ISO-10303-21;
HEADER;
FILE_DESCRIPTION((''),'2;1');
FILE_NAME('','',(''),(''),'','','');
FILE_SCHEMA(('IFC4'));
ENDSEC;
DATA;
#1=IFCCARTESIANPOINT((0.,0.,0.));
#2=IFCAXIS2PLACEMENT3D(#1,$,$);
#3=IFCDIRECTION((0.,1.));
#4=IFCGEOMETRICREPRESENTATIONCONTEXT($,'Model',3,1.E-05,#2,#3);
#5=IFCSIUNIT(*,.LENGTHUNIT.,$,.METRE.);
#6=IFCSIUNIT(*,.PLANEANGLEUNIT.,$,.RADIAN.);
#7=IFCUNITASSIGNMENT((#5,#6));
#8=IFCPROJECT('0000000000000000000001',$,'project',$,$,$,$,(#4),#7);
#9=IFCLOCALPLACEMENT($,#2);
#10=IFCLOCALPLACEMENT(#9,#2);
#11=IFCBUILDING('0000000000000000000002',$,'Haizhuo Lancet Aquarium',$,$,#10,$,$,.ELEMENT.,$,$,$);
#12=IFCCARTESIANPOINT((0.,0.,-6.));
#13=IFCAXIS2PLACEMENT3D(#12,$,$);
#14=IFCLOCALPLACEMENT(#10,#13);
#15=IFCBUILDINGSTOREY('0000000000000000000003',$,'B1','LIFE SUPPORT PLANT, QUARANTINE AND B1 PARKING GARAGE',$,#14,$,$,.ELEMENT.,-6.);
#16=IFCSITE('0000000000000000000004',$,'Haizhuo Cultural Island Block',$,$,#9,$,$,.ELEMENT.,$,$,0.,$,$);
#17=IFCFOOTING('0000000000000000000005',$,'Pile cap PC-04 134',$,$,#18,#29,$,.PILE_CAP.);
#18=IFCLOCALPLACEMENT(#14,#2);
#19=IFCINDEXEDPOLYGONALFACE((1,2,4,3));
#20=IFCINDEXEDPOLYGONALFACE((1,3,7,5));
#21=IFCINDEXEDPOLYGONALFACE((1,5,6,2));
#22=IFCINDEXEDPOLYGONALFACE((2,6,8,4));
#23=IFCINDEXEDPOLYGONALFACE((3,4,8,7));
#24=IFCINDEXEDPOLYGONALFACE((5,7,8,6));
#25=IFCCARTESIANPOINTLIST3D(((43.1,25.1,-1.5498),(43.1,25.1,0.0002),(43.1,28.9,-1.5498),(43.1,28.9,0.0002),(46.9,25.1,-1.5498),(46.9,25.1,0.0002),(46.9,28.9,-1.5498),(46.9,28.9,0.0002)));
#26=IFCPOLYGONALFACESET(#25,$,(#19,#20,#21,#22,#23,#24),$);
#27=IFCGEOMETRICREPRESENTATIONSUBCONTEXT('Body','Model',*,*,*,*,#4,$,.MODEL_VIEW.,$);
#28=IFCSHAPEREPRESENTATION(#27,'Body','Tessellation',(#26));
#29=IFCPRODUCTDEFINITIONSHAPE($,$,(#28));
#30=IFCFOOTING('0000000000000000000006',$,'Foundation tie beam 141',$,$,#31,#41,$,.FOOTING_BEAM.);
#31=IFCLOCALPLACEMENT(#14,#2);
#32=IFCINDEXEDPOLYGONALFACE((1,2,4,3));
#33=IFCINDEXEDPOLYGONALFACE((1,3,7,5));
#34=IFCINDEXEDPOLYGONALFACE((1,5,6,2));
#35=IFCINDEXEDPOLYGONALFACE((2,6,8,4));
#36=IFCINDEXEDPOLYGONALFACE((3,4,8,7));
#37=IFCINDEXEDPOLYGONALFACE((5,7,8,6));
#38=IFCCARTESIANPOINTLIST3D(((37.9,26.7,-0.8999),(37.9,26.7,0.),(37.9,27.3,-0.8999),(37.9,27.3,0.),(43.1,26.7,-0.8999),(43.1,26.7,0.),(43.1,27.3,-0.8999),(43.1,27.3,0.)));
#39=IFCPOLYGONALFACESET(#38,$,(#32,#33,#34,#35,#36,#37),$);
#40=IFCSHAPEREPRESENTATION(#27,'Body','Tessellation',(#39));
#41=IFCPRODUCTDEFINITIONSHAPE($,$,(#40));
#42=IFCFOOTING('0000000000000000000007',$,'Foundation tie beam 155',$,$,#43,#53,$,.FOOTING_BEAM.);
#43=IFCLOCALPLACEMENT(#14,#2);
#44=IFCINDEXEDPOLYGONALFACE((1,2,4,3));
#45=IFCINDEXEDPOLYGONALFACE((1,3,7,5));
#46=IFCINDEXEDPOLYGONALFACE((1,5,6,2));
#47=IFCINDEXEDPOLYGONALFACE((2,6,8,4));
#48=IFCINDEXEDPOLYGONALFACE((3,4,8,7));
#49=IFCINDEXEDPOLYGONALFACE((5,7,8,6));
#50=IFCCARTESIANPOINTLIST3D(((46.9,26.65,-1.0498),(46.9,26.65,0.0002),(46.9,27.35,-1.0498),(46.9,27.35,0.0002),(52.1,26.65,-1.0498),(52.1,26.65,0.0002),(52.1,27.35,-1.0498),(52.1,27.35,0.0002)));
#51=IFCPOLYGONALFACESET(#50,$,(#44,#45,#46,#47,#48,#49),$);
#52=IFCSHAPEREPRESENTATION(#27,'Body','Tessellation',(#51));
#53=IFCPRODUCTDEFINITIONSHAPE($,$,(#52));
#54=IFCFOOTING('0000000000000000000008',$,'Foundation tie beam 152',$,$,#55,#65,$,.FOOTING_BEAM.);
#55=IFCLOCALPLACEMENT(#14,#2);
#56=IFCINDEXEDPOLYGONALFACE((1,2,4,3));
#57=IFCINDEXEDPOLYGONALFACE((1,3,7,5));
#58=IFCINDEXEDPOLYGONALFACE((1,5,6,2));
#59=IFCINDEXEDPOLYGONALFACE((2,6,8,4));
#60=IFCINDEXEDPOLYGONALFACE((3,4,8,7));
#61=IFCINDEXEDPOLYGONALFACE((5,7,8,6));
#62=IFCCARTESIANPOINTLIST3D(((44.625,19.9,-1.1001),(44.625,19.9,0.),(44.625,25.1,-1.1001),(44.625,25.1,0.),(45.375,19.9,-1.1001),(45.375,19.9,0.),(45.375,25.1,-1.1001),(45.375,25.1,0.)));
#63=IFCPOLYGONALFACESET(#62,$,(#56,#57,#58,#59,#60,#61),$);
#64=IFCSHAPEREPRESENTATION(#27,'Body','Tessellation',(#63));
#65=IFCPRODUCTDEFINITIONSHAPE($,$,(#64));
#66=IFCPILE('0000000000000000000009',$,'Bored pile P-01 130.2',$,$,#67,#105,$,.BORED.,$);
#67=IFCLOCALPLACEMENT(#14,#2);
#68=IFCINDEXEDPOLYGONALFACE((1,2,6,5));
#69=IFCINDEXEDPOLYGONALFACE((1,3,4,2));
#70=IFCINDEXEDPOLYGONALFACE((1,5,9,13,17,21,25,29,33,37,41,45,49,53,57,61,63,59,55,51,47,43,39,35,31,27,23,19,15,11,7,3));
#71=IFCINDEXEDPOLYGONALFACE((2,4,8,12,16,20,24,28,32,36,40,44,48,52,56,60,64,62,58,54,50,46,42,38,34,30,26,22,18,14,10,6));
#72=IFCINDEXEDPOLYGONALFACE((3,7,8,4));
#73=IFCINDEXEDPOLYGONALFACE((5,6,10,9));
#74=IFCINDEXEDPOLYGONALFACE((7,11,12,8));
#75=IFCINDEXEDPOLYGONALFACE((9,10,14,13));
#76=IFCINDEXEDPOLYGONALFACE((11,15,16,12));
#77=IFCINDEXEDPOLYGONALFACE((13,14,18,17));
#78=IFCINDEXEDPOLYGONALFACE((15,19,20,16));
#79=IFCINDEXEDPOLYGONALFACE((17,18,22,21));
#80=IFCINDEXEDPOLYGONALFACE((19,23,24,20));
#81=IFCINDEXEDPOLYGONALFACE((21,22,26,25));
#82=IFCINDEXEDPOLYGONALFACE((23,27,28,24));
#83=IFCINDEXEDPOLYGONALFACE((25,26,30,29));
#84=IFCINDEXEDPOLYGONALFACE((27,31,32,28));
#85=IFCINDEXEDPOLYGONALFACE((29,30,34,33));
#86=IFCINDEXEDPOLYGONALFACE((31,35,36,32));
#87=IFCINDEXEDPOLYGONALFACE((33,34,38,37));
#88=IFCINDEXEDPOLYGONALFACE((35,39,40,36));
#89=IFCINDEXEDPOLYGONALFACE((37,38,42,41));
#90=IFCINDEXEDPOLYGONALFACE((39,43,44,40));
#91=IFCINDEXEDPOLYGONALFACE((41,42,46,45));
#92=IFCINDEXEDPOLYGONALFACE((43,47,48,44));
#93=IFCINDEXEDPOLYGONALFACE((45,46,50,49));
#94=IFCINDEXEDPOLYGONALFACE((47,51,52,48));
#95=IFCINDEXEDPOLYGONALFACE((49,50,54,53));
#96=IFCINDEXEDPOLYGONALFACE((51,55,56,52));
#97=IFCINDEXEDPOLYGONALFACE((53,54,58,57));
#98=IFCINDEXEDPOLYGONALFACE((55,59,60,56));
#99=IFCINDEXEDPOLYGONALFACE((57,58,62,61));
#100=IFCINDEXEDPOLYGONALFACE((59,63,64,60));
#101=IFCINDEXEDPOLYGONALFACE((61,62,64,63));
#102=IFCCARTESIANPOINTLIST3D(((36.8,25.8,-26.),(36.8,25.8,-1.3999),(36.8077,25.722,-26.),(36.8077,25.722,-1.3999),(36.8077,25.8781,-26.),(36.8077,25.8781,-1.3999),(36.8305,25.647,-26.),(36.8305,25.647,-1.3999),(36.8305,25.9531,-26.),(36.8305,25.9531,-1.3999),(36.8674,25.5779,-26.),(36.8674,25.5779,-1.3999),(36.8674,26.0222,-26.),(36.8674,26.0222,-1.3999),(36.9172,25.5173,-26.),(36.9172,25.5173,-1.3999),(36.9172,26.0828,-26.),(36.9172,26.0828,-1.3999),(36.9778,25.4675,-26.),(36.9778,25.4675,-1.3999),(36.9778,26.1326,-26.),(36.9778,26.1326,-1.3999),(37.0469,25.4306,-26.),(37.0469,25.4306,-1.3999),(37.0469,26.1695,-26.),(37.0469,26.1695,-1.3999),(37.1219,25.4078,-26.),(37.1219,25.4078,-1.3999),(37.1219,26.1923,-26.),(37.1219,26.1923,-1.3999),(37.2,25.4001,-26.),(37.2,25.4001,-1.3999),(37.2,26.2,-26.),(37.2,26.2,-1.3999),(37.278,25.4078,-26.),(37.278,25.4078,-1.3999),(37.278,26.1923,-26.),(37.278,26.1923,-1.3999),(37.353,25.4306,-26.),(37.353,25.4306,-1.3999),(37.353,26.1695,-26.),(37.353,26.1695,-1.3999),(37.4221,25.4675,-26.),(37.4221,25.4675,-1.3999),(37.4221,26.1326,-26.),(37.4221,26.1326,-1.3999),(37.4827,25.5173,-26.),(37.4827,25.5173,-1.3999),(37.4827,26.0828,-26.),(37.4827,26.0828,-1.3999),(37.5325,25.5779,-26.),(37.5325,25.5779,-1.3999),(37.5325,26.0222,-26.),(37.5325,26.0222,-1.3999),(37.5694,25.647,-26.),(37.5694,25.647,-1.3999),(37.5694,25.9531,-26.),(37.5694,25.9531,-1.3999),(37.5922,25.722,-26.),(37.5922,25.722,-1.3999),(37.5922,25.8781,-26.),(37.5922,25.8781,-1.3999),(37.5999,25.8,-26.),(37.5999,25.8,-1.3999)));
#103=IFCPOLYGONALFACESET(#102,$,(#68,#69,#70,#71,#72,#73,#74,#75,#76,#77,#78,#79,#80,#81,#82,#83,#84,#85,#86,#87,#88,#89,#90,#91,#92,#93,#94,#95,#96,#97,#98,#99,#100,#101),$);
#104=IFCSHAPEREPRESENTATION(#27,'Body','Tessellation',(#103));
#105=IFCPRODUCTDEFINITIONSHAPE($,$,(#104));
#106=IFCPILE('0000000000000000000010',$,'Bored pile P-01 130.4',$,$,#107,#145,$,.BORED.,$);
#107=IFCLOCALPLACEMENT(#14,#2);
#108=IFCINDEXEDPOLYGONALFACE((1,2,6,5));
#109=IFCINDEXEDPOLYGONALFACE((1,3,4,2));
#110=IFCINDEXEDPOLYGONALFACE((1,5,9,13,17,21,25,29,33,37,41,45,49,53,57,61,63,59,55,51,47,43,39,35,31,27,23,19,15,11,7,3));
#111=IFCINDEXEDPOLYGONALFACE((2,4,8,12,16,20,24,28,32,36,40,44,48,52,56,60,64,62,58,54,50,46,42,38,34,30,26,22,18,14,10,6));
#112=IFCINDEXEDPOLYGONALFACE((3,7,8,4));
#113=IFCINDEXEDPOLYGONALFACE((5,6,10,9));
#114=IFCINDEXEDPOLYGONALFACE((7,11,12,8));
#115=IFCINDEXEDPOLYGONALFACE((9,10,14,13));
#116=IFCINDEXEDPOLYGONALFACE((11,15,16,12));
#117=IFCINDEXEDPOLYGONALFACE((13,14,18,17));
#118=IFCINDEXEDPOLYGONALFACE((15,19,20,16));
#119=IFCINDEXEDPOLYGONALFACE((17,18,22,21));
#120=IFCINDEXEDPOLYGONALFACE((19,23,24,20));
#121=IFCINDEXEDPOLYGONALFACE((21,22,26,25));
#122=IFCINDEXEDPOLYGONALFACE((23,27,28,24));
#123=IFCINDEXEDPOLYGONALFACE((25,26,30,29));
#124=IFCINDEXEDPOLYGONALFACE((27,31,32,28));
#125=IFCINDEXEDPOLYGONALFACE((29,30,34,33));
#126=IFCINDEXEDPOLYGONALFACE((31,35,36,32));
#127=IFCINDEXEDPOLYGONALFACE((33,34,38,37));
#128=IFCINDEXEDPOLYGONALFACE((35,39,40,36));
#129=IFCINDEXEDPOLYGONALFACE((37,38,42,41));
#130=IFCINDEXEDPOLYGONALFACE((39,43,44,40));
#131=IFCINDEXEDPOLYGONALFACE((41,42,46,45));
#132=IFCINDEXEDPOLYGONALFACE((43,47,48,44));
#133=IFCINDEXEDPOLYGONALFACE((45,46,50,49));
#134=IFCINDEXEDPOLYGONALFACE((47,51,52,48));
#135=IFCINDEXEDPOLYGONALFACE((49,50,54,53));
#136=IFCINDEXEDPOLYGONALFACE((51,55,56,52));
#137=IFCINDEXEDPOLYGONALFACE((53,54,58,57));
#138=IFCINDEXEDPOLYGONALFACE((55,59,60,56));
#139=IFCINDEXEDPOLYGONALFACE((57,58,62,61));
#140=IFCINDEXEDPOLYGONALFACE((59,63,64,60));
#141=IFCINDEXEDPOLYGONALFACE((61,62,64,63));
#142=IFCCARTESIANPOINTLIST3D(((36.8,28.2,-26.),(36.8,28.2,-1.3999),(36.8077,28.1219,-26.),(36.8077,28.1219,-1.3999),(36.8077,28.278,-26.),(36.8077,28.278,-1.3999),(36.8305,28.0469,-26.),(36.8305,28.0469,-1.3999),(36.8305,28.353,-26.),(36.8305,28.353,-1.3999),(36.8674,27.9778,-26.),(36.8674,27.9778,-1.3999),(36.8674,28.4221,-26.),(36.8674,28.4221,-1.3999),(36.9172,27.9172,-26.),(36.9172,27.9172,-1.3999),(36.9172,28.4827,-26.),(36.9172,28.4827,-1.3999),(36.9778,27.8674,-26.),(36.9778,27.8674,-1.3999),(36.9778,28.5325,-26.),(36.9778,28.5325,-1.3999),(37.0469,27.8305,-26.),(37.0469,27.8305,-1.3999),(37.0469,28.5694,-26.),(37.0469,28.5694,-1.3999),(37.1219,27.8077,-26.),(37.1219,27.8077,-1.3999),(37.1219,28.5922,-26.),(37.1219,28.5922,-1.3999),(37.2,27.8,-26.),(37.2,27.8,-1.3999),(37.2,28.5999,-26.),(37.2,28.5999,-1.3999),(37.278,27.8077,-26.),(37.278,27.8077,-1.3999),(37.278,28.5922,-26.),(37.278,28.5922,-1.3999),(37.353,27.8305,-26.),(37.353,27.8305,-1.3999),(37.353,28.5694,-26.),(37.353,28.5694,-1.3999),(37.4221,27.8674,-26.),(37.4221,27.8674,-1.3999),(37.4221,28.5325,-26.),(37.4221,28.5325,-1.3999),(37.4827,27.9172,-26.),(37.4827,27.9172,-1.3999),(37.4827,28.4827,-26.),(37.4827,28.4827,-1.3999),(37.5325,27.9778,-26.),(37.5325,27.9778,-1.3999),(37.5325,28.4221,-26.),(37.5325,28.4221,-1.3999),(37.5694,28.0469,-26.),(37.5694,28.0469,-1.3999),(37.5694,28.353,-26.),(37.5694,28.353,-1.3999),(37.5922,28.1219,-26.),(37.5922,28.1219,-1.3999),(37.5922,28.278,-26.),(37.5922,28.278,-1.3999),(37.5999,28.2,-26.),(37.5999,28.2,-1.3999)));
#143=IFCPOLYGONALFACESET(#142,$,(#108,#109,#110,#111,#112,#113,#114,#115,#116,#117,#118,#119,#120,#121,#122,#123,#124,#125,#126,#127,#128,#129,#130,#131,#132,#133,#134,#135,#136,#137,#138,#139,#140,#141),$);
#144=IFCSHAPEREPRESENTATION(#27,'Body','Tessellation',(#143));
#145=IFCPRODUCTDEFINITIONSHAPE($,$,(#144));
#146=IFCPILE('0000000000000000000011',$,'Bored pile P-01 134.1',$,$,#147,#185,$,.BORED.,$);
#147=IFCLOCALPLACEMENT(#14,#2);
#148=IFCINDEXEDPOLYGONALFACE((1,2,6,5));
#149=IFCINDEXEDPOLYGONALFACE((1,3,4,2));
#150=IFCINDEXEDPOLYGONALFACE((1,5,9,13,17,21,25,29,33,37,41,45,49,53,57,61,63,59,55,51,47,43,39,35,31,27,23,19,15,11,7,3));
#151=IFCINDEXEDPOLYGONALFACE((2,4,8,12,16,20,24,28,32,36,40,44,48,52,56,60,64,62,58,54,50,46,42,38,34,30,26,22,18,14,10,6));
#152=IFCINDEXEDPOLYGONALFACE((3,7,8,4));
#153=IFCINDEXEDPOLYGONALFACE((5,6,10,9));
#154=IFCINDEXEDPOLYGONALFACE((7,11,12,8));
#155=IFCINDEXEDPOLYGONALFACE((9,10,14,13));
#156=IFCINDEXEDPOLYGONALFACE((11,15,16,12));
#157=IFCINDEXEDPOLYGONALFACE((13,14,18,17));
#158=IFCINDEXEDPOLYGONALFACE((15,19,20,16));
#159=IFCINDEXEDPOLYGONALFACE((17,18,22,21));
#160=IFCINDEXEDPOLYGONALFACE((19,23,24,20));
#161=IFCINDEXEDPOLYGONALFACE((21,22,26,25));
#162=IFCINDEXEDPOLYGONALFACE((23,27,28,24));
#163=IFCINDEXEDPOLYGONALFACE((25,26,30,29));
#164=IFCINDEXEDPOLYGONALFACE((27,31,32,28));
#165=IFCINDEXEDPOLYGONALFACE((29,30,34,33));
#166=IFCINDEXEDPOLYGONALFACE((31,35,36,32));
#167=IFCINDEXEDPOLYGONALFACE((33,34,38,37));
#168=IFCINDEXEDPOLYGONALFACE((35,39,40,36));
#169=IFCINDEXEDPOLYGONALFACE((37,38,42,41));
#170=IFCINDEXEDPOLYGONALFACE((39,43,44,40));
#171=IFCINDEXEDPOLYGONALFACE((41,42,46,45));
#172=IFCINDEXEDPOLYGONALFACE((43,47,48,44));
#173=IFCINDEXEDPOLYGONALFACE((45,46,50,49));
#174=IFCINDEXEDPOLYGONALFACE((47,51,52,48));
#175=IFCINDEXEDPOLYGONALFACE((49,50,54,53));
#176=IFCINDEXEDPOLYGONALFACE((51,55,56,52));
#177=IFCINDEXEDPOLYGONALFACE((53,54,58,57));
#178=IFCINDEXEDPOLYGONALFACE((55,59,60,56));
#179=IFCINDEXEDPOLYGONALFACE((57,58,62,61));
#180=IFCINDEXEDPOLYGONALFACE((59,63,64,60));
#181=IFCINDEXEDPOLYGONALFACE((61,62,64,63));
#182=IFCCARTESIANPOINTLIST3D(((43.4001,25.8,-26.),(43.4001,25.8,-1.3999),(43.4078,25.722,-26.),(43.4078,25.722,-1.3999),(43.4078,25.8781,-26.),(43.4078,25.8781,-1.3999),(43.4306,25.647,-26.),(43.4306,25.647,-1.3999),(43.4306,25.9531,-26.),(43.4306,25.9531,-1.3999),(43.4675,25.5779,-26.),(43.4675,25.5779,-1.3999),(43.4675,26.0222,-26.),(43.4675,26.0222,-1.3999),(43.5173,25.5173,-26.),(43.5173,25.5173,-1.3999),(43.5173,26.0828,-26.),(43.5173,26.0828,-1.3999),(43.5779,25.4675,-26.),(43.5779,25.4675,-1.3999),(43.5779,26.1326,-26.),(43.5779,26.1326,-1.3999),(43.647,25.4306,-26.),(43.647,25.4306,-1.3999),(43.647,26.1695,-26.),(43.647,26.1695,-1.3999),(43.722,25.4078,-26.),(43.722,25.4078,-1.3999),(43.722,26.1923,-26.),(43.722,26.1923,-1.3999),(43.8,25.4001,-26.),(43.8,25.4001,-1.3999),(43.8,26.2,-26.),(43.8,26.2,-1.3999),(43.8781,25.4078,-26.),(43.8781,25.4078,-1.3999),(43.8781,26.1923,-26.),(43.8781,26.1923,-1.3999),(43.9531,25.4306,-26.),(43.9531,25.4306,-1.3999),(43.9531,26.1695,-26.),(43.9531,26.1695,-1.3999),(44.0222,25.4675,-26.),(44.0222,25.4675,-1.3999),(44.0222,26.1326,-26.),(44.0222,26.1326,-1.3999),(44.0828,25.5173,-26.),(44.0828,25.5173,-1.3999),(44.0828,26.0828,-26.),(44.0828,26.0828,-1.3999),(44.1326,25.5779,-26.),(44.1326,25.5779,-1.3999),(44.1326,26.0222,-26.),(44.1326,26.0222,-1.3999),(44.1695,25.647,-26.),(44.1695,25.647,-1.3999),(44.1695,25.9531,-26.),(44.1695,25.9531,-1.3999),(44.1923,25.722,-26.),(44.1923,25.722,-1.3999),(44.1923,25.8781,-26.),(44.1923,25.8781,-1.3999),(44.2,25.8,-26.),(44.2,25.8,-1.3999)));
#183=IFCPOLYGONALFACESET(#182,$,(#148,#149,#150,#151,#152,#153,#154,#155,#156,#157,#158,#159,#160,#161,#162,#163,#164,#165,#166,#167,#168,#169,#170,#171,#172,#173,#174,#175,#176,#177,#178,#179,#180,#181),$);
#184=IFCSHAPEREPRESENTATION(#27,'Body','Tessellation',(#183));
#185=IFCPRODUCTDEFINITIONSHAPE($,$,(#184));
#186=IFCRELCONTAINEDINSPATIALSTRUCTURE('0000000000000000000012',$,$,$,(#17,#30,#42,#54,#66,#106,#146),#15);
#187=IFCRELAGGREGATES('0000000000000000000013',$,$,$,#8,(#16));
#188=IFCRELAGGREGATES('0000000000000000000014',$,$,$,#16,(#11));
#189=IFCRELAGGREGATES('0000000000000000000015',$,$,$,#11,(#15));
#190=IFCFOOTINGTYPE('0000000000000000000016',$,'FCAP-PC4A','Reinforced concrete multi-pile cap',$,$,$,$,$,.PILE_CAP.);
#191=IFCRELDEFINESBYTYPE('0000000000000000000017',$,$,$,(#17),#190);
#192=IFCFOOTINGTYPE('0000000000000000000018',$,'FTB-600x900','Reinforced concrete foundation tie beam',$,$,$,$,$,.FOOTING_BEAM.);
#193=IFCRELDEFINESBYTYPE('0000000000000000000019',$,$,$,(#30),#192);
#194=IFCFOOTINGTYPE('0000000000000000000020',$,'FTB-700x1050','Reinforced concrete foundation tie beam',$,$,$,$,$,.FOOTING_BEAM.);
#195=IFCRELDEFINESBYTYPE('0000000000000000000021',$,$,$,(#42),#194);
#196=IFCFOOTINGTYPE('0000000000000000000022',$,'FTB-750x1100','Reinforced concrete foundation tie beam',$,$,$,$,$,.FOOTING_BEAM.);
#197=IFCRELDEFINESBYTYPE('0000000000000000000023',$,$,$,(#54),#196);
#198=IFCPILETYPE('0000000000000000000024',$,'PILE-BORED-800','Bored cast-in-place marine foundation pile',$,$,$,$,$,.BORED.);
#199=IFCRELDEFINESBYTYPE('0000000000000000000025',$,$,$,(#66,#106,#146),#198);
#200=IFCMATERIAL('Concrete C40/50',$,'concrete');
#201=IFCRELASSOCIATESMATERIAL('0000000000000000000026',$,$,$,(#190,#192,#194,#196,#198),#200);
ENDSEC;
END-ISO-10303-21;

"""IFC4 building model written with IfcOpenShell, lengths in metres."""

from ifc_helpers import new_model, si_unit, direction, frame, origin, origin_2d, place, context, subcontext, project, spatial, rectangle, circle, extrude, material, material_profile, profile_set, type_object, element, save


model = new_model("IFC4")

# Units and contexts
model_context = context("Model", 3, precision=1e-05, world=origin(), true_north=direction((0.0, 1.0)))
body_context = subcontext(model_context, "Body", "Model", "MODEL_VIEW")
ifc_project = project(units=[si_unit("LENGTHUNIT", "METRE"), si_unit("PLANEANGLEUNIT", "RADIAN")], contexts=[model_context])

# Site, building, storey
site_placement = place(None, origin())
site = spatial("IfcSite", under=ifc_project, at=site_placement, Name="Haizhuo Cultural Island Block", CompositionType="ELEMENT", RefElevation=0.0)
building_placement = place(site_placement, origin())
building = spatial("IfcBuilding", under=site, at=building_placement, Name="Haizhuo Lancet Aquarium", CompositionType="ELEMENT")
storey_placement = place(building_placement, frame((0.0, 0.0, -6.0)))
storey = spatial("IfcBuildingStorey", under=building, at=storey_placement, Name="B1", Description="LIFE SUPPORT PLANT, QUARANTINE AND B1 PARKING GARAGE", CompositionType="ELEMENT", Elevation=-6.0)

# Footings
ifc_material_1 = material(Name="Concrete C40/50", Category="concrete")
footing_type_1 = type_object("IfcFootingType", Name="FCAP-PC4A", Description="Reinforced concrete multi-pile cap", PredefinedType="PILE_CAP", material=ifc_material_1)
footing_1_placement = place(storey_placement, frame((45.0, 27.0, -1.5498), z_axis=(0.0, 0.0, 1.0), x_axis=(1.0, 0.0, 0.0)))
element("IfcFooting", 1, at=footing_1_placement, inside=storey, type_object=footing_type_1, Name="Pile cap PC-04 134", PredefinedType="PILE_CAP", context=body_context, shape_type="SweptSolid", body=[
    extrude(rectangle(XDim=3.8, YDim=3.8, at=origin_2d()), origin(), (0.0, 0.0, 1.0), 1.55),
])
footing_type_2 = type_object("IfcFootingType", Name="FTB-600x900", Description="Reinforced concrete foundation tie beam", PredefinedType="FOOTING_BEAM", material=ifc_material_1)
footing_2_placement = place(storey_placement, frame((40.5, 27.0, -0.8999), z_axis=(0.0, 0.0, 1.0), x_axis=(1.0, 0.0, 0.0)))
element("IfcFooting", 2, at=footing_2_placement, inside=storey, type_object=footing_type_2, Name="Foundation tie beam 141", PredefinedType="FOOTING_BEAM", context=body_context, shape_type="SweptSolid", body=[
    extrude(rectangle(XDim=5.2, YDim=0.6001, at=origin_2d()), origin(), (0.0, 0.0, 1.0), 0.8999),
])
footing_type_3 = type_object("IfcFootingType", Name="FTB-700x1050", Description="Reinforced concrete foundation tie beam", PredefinedType="FOOTING_BEAM", material=ifc_material_1)
footing_3_placement = place(storey_placement, frame((49.5, 27.0, -1.0498), z_axis=(0.0, 0.0, 1.0), x_axis=(1.0, 0.0, 0.0)))
element("IfcFooting", 3, at=footing_3_placement, inside=storey, type_object=footing_type_3, Name="Foundation tie beam 155", PredefinedType="FOOTING_BEAM", context=body_context, shape_type="SweptSolid", body=[
    extrude(rectangle(XDim=5.2, YDim=0.7, at=origin_2d()), origin(), (0.0, 0.0, 1.0), 1.05),
])
footing_type_4 = type_object("IfcFootingType", Name="FTB-750x1100", Description="Reinforced concrete foundation tie beam", PredefinedType="FOOTING_BEAM", material=ifc_material_1)
footing_4_placement = place(storey_placement, frame((45.0, 22.5, -1.1001), z_axis=(0.0, 0.0, 1.0), x_axis=(0.0, 1.0, 0.0)))
element("IfcFooting", 4, at=footing_4_placement, inside=storey, type_object=footing_type_4, Name="Foundation tie beam 152", PredefinedType="FOOTING_BEAM", context=body_context, shape_type="SweptSolid", body=[
    extrude(rectangle(XDim=5.2, YDim=0.75, at=origin_2d()), origin(), (0.0, 0.0, 1.0), 1.1001),
])

# Piles
ifc_material_profile_1 = material_profile(ifc_material_1, circle(Radius=0.3999, at=origin_2d()), Name="PILE-800")
ifc_profile_set_1 = profile_set([ifc_material_profile_1], Name="Concrete C40/50")
pile_type = type_object("IfcPileType", Name="PILE-BORED-800", Description="Bored cast-in-place marine foundation pile", PredefinedType="BORED", material=ifc_profile_set_1)
for number, where, z_axis, x_axis, name in (
    (5, (37.2, 25.8, -1.3999), (0.0, 0.0, -1.0), (1.0, 0.0, 0.0), "Bored pile P-01 130.2"),
    (6, (37.2, 28.2, -1.3999), (0.0, 0.0, -1.0), (1.0, 0.0, 0.0), "Bored pile P-01 130.4"),
    (7, (43.8, 25.8, -1.3999), (0.0, 0.0, -1.0), (1.0, 0.0, 0.0), "Bored pile P-01 134.1"),
):
    element("IfcPile", number, at=place(storey_placement, frame(where, z_axis=z_axis, x_axis=x_axis)), inside=storey, type_object=pile_type, Name=name, PredefinedType="BORED", context=body_context, shape_type="SweptSolid", body=[
        extrude(circle(Radius=0.3999, at=origin_2d()), origin(), (0.0, 0.0, 1.0), 24.6001),
    ])

save(model, "model.ifc")
